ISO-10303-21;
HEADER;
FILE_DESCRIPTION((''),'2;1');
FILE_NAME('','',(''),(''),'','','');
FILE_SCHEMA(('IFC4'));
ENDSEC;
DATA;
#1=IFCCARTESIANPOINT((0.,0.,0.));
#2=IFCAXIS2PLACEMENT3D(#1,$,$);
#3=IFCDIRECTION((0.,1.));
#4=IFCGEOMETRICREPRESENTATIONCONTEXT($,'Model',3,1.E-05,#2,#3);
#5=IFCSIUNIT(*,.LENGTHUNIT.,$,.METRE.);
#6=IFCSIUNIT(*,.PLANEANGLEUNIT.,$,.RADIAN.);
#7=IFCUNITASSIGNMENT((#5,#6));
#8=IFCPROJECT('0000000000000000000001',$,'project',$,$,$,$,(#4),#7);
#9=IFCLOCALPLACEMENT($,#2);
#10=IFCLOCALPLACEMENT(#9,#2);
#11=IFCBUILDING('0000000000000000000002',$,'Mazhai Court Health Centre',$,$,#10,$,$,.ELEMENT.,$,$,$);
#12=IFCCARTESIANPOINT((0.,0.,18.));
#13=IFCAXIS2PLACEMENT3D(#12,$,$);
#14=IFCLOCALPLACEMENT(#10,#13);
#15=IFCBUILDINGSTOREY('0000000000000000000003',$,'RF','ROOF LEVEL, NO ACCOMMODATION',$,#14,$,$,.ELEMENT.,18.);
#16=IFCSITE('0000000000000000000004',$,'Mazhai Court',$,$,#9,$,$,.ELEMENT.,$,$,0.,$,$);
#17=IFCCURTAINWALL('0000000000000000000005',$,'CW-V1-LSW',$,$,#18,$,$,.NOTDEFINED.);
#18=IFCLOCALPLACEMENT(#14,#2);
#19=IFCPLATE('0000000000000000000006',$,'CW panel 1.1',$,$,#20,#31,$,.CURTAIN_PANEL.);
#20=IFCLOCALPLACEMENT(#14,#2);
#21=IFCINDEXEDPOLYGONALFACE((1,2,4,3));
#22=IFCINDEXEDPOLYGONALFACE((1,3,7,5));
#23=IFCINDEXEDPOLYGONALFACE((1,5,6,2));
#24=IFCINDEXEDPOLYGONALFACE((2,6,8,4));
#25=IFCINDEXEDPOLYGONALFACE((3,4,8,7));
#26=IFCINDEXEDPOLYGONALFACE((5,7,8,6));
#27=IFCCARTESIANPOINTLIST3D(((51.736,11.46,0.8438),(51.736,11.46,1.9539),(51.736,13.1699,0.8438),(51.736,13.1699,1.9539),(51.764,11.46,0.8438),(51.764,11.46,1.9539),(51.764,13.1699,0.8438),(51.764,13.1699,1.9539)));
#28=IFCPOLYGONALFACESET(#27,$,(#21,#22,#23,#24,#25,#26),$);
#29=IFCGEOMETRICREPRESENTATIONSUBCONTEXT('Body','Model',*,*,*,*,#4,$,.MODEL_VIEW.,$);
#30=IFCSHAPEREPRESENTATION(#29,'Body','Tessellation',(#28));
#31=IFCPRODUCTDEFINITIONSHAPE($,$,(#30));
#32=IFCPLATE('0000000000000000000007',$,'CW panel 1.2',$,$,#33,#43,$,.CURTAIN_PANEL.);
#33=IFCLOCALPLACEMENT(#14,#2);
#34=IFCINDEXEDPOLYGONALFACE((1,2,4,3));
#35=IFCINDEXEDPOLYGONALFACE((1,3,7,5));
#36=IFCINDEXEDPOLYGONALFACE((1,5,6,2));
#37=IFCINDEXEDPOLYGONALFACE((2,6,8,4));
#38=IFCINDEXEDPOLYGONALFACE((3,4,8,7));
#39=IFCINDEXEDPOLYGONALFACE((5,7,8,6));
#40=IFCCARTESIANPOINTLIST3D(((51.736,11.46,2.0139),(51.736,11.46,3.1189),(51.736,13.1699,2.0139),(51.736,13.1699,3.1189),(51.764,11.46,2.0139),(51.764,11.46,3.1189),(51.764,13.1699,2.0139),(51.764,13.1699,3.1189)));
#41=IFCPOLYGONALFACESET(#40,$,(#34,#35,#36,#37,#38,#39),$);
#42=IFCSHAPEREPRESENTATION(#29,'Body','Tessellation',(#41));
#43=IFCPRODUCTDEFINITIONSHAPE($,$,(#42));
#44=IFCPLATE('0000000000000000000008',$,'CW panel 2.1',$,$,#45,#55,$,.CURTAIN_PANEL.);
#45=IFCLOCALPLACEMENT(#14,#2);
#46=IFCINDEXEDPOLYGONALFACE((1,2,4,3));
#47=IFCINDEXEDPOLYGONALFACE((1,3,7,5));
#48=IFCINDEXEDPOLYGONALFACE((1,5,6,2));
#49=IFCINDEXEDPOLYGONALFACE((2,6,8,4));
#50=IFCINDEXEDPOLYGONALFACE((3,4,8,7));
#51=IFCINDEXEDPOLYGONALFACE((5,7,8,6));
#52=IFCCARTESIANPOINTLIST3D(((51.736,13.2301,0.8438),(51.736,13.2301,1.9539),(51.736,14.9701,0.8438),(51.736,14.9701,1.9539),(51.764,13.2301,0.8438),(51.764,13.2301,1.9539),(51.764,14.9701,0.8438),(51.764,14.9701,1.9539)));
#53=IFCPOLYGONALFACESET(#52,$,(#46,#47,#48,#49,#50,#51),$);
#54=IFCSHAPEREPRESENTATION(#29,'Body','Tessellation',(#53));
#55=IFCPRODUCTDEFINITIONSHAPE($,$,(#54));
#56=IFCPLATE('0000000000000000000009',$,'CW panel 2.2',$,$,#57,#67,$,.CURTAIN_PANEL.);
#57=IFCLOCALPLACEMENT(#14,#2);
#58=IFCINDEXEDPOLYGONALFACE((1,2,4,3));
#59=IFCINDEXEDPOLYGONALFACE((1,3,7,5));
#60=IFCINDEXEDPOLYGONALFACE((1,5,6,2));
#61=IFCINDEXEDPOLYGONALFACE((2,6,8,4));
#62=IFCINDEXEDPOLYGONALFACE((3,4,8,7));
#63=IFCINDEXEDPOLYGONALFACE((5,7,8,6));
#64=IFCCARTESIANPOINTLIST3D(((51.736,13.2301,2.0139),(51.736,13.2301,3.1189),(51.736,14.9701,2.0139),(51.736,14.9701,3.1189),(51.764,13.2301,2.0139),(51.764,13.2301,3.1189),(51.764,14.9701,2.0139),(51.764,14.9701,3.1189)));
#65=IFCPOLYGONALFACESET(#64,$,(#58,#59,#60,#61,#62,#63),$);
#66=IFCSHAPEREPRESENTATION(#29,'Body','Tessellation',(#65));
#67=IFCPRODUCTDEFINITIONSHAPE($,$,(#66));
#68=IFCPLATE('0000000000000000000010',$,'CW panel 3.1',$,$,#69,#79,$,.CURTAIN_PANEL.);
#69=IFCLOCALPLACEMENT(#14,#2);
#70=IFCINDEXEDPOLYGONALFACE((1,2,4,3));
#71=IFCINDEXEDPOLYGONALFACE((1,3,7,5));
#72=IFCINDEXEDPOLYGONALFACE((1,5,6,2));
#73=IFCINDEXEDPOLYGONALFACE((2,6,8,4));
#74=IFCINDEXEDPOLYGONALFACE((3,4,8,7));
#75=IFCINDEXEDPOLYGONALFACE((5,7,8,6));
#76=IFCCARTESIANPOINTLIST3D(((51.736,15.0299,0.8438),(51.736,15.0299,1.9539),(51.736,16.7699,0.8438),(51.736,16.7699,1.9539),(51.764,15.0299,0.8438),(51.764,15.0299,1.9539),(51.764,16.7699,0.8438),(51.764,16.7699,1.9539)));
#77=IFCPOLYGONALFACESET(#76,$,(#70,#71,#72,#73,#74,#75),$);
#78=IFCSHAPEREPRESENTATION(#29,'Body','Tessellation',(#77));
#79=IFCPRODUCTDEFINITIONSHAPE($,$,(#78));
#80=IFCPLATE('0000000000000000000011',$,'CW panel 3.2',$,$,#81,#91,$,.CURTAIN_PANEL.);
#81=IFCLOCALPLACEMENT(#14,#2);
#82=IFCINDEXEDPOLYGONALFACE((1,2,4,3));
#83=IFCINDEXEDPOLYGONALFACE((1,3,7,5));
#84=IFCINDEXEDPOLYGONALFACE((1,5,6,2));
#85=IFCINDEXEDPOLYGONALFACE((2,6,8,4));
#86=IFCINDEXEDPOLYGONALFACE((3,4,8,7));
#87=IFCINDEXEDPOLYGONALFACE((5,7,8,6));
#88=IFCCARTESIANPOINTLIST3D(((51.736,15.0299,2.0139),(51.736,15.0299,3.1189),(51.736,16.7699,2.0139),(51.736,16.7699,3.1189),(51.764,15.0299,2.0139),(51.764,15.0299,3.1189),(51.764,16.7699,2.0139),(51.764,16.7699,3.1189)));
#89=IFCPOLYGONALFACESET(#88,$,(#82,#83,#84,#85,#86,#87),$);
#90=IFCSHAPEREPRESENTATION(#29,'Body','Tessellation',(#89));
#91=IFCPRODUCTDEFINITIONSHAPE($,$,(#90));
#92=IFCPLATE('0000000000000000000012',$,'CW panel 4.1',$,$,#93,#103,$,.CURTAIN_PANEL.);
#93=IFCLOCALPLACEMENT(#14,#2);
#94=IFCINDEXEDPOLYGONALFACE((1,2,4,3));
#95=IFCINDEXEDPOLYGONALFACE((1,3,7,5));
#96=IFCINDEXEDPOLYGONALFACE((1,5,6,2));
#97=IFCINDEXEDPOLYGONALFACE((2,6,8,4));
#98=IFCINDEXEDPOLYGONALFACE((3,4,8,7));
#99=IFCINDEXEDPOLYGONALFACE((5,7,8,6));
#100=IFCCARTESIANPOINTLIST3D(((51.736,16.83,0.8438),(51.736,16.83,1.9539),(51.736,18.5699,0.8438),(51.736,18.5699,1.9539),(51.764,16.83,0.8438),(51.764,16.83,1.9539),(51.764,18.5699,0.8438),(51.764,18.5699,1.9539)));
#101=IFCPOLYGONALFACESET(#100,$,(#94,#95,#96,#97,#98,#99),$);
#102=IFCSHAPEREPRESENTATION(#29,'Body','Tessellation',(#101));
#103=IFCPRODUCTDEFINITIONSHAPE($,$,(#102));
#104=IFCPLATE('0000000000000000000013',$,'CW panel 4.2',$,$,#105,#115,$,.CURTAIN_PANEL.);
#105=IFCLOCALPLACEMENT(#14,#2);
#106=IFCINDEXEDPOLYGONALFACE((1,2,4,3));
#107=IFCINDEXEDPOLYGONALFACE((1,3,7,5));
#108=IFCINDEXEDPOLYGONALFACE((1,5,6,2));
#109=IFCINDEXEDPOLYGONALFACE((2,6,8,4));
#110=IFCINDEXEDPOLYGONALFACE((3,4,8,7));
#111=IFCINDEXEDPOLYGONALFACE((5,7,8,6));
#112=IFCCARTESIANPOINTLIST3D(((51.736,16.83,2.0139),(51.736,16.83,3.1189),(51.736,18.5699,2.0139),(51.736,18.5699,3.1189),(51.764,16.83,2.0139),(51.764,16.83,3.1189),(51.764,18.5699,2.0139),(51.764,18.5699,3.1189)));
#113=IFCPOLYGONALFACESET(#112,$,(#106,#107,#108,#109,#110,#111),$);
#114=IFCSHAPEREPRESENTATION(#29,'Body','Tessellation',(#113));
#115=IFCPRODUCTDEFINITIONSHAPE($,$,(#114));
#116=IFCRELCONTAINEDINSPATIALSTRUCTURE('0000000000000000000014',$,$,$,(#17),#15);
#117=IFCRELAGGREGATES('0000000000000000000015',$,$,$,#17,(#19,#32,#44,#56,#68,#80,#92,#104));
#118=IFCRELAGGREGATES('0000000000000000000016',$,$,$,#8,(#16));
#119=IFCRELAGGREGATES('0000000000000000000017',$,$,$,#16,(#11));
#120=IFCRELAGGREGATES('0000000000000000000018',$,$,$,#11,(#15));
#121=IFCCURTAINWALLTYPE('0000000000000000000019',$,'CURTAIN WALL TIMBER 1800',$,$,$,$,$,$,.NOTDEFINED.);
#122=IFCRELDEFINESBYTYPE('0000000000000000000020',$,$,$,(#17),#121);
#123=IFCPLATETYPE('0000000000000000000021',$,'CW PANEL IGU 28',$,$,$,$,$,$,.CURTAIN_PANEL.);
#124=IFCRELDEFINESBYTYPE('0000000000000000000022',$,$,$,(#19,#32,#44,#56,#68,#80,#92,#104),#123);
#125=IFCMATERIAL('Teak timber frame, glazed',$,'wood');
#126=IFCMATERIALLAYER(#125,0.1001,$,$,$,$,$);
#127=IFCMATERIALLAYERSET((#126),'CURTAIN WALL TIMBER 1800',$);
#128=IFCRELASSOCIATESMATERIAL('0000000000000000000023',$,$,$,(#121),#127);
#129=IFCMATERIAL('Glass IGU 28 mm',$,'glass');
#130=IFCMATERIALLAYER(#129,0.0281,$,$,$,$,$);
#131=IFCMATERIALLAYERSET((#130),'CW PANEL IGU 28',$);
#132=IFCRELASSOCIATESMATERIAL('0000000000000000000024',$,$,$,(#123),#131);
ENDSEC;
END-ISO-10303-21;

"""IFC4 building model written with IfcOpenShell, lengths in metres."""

from ifc_helpers import new_model, si_unit, direction, frame, origin, origin_2d, place, context, subcontext, project, spatial, rectangle, extrude, material, layer, layer_set, type_object, element, aggregate, save


model = new_model("IFC4")

# Units and contexts
model_context = context("Model", 3, precision=1e-05, world=origin(), true_north=direction((0.0, 1.0)))
body_context = subcontext(model_context, "Body", "Model", "MODEL_VIEW")
ifc_project = project(units=[si_unit("LENGTHUNIT", "METRE"), si_unit("PLANEANGLEUNIT", "RADIAN")], contexts=[model_context])

# Site, building, storey
site_placement = place(None, origin())
site = spatial("IfcSite", under=ifc_project, at=site_placement, Name="Mazhai Court", CompositionType="ELEMENT", RefElevation=0.0)
building_placement = place(site_placement, origin())
building = spatial("IfcBuilding", under=site, at=building_placement, Name="Mazhai Court Health Centre", CompositionType="ELEMENT")
storey_placement = place(building_placement, frame((0.0, 0.0, 18.0)))
storey = spatial("IfcBuildingStorey", under=building, at=storey_placement, Name="RF", Description="ROOF LEVEL, NO ACCOMMODATION", CompositionType="ELEMENT", Elevation=18.0)

# Curtain wall, plates
ifc_material_1 = material(Name="Teak timber frame, glazed", Category="wood")
ifc_layer_1 = layer(ifc_material_1, 0.1001)
ifc_layer_set_1 = layer_set([ifc_layer_1], Name="CURTAIN WALL TIMBER 1800")
curtain_wall_type = type_object("IfcCurtainWallType", Name="CURTAIN WALL TIMBER 1800", PredefinedType="NOTDEFINED", material=ifc_layer_set_1)
curtain_wall_placement = place(storey_placement, origin())
curtain_wall = element("IfcCurtainWall", 1, at=curtain_wall_placement, inside=storey, type_object=curtain_wall_type, Name="CW-V1-LSW", PredefinedType="NOTDEFINED")
ifc_material_2 = material(Name="Glass IGU 28 mm", Category="glass")
ifc_layer_2 = layer(ifc_material_2, 0.0281)
ifc_layer_set_2 = layer_set([ifc_layer_2], Name="CW PANEL IGU 28")
plate_type = type_object("IfcPlateType", Name="CW PANEL IGU 28", PredefinedType="CURTAIN_PANEL", material=ifc_layer_set_2)
plate_1_placement = place(storey_placement, frame((51.75, 12.3149, 0.8438), z_axis=(0.0, 0.0, 1.0), x_axis=(0.0, 1.0, 0.0)))
plate_1 = element("IfcPlate", 2, at=plate_1_placement, type_object=plate_type, Name="CW panel 1.1", PredefinedType="CURTAIN_PANEL", context=body_context, shape_type="SweptSolid", body=[
    extrude(rectangle(XDim=1.71, YDim=0.0281, at=origin_2d()), origin(), (0.0, 0.0, 1.0), 1.1101),
])
plate_2_placement = place(storey_placement, frame((51.75, 12.3149, 2.0139), z_axis=(0.0, 0.0, 1.0), x_axis=(0.0, 1.0, 0.0)))
plate_2 = element("IfcPlate", 3, at=plate_2_placement, type_object=plate_type, Name="CW panel 1.2", PredefinedType="CURTAIN_PANEL", context=body_context, shape_type="SweptSolid", body=[
    extrude(rectangle(XDim=1.71, YDim=0.0281, at=origin_2d()), origin(), (0.0, 0.0, 1.0), 1.105),
])
plate_3_placement = place(storey_placement, frame((51.75, 14.1001, 0.8438), z_axis=(0.0, 0.0, 1.0), x_axis=(0.0, 1.0, 0.0)))
plate_3 = element("IfcPlate", 4, at=plate_3_placement, type_object=plate_type, Name="CW panel 2.1", PredefinedType="CURTAIN_PANEL", context=body_context, shape_type="SweptSolid", body=[
    extrude(rectangle(XDim=1.74, YDim=0.0281, at=origin_2d()), origin(), (0.0, 0.0, 1.0), 1.1101),
])
plate_4_placement = place(storey_placement, frame((51.75, 14.1001, 2.0139), z_axis=(0.0, 0.0, 1.0), x_axis=(0.0, 1.0, 0.0)))
plate_4 = element("IfcPlate", 5, at=plate_4_placement, type_object=plate_type, Name="CW panel 2.2", PredefinedType="CURTAIN_PANEL", context=body_context, shape_type="SweptSolid", body=[
    extrude(rectangle(XDim=1.74, YDim=0.0281, at=origin_2d()), origin(), (0.0, 0.0, 1.0), 1.105),
])
plate_5_placement = place(storey_placement, frame((51.75, 15.8999, 0.8438), z_axis=(0.0, 0.0, 1.0), x_axis=(0.0, 1.0, 0.0)))
plate_5 = element("IfcPlate", 6, at=plate_5_placement, type_object=plate_type, Name="CW panel 3.1", PredefinedType="CURTAIN_PANEL", context=body_context, shape_type="SweptSolid", body=[
    extrude(rectangle(XDim=1.74, YDim=0.0281, at=origin_2d()), origin(), (0.0, 0.0, 1.0), 1.1101),
])
plate_6_placement = place(storey_placement, frame((51.75, 15.8999, 2.0139), z_axis=(0.0, 0.0, 1.0), x_axis=(0.0, 1.0, 0.0)))
plate_6 = element("IfcPlate", 7, at=plate_6_placement, type_object=plate_type, Name="CW panel 3.2", PredefinedType="CURTAIN_PANEL", context=body_context, shape_type="SweptSolid", body=[
    extrude(rectangle(XDim=1.74, YDim=0.0281, at=origin_2d()), origin(), (0.0, 0.0, 1.0), 1.105),
])
plate_7_placement = place(storey_placement, frame((51.75, 17.7, 0.8438), z_axis=(0.0, 0.0, 1.0), x_axis=(0.0, 1.0, 0.0)))
plate_7 = element("IfcPlate", 8, at=plate_7_placement, type_object=plate_type, Name="CW panel 4.1", PredefinedType="CURTAIN_PANEL", context=body_context, shape_type="SweptSolid", body=[
    extrude(rectangle(XDim=1.74, YDim=0.0281, at=origin_2d()), origin(), (0.0, 0.0, 1.0), 1.1101),
])
plate_8_placement = place(storey_placement, frame((51.75, 17.7, 2.0139), z_axis=(0.0, 0.0, 1.0), x_axis=(0.0, 1.0, 0.0)))
plate_8 = element("IfcPlate", 9, at=plate_8_placement, type_object=plate_type, Name="CW panel 4.2", PredefinedType="CURTAIN_PANEL", context=body_context, shape_type="SweptSolid", body=[
    extrude(rectangle(XDim=1.74, YDim=0.0281, at=origin_2d()), origin(), (0.0, 0.0, 1.0), 1.105),
])
aggregate(curtain_wall, [plate_1, plate_2, plate_3, plate_4, plate_5, plate_6, plate_7, plate_8])

save(model, "model.ifc")
